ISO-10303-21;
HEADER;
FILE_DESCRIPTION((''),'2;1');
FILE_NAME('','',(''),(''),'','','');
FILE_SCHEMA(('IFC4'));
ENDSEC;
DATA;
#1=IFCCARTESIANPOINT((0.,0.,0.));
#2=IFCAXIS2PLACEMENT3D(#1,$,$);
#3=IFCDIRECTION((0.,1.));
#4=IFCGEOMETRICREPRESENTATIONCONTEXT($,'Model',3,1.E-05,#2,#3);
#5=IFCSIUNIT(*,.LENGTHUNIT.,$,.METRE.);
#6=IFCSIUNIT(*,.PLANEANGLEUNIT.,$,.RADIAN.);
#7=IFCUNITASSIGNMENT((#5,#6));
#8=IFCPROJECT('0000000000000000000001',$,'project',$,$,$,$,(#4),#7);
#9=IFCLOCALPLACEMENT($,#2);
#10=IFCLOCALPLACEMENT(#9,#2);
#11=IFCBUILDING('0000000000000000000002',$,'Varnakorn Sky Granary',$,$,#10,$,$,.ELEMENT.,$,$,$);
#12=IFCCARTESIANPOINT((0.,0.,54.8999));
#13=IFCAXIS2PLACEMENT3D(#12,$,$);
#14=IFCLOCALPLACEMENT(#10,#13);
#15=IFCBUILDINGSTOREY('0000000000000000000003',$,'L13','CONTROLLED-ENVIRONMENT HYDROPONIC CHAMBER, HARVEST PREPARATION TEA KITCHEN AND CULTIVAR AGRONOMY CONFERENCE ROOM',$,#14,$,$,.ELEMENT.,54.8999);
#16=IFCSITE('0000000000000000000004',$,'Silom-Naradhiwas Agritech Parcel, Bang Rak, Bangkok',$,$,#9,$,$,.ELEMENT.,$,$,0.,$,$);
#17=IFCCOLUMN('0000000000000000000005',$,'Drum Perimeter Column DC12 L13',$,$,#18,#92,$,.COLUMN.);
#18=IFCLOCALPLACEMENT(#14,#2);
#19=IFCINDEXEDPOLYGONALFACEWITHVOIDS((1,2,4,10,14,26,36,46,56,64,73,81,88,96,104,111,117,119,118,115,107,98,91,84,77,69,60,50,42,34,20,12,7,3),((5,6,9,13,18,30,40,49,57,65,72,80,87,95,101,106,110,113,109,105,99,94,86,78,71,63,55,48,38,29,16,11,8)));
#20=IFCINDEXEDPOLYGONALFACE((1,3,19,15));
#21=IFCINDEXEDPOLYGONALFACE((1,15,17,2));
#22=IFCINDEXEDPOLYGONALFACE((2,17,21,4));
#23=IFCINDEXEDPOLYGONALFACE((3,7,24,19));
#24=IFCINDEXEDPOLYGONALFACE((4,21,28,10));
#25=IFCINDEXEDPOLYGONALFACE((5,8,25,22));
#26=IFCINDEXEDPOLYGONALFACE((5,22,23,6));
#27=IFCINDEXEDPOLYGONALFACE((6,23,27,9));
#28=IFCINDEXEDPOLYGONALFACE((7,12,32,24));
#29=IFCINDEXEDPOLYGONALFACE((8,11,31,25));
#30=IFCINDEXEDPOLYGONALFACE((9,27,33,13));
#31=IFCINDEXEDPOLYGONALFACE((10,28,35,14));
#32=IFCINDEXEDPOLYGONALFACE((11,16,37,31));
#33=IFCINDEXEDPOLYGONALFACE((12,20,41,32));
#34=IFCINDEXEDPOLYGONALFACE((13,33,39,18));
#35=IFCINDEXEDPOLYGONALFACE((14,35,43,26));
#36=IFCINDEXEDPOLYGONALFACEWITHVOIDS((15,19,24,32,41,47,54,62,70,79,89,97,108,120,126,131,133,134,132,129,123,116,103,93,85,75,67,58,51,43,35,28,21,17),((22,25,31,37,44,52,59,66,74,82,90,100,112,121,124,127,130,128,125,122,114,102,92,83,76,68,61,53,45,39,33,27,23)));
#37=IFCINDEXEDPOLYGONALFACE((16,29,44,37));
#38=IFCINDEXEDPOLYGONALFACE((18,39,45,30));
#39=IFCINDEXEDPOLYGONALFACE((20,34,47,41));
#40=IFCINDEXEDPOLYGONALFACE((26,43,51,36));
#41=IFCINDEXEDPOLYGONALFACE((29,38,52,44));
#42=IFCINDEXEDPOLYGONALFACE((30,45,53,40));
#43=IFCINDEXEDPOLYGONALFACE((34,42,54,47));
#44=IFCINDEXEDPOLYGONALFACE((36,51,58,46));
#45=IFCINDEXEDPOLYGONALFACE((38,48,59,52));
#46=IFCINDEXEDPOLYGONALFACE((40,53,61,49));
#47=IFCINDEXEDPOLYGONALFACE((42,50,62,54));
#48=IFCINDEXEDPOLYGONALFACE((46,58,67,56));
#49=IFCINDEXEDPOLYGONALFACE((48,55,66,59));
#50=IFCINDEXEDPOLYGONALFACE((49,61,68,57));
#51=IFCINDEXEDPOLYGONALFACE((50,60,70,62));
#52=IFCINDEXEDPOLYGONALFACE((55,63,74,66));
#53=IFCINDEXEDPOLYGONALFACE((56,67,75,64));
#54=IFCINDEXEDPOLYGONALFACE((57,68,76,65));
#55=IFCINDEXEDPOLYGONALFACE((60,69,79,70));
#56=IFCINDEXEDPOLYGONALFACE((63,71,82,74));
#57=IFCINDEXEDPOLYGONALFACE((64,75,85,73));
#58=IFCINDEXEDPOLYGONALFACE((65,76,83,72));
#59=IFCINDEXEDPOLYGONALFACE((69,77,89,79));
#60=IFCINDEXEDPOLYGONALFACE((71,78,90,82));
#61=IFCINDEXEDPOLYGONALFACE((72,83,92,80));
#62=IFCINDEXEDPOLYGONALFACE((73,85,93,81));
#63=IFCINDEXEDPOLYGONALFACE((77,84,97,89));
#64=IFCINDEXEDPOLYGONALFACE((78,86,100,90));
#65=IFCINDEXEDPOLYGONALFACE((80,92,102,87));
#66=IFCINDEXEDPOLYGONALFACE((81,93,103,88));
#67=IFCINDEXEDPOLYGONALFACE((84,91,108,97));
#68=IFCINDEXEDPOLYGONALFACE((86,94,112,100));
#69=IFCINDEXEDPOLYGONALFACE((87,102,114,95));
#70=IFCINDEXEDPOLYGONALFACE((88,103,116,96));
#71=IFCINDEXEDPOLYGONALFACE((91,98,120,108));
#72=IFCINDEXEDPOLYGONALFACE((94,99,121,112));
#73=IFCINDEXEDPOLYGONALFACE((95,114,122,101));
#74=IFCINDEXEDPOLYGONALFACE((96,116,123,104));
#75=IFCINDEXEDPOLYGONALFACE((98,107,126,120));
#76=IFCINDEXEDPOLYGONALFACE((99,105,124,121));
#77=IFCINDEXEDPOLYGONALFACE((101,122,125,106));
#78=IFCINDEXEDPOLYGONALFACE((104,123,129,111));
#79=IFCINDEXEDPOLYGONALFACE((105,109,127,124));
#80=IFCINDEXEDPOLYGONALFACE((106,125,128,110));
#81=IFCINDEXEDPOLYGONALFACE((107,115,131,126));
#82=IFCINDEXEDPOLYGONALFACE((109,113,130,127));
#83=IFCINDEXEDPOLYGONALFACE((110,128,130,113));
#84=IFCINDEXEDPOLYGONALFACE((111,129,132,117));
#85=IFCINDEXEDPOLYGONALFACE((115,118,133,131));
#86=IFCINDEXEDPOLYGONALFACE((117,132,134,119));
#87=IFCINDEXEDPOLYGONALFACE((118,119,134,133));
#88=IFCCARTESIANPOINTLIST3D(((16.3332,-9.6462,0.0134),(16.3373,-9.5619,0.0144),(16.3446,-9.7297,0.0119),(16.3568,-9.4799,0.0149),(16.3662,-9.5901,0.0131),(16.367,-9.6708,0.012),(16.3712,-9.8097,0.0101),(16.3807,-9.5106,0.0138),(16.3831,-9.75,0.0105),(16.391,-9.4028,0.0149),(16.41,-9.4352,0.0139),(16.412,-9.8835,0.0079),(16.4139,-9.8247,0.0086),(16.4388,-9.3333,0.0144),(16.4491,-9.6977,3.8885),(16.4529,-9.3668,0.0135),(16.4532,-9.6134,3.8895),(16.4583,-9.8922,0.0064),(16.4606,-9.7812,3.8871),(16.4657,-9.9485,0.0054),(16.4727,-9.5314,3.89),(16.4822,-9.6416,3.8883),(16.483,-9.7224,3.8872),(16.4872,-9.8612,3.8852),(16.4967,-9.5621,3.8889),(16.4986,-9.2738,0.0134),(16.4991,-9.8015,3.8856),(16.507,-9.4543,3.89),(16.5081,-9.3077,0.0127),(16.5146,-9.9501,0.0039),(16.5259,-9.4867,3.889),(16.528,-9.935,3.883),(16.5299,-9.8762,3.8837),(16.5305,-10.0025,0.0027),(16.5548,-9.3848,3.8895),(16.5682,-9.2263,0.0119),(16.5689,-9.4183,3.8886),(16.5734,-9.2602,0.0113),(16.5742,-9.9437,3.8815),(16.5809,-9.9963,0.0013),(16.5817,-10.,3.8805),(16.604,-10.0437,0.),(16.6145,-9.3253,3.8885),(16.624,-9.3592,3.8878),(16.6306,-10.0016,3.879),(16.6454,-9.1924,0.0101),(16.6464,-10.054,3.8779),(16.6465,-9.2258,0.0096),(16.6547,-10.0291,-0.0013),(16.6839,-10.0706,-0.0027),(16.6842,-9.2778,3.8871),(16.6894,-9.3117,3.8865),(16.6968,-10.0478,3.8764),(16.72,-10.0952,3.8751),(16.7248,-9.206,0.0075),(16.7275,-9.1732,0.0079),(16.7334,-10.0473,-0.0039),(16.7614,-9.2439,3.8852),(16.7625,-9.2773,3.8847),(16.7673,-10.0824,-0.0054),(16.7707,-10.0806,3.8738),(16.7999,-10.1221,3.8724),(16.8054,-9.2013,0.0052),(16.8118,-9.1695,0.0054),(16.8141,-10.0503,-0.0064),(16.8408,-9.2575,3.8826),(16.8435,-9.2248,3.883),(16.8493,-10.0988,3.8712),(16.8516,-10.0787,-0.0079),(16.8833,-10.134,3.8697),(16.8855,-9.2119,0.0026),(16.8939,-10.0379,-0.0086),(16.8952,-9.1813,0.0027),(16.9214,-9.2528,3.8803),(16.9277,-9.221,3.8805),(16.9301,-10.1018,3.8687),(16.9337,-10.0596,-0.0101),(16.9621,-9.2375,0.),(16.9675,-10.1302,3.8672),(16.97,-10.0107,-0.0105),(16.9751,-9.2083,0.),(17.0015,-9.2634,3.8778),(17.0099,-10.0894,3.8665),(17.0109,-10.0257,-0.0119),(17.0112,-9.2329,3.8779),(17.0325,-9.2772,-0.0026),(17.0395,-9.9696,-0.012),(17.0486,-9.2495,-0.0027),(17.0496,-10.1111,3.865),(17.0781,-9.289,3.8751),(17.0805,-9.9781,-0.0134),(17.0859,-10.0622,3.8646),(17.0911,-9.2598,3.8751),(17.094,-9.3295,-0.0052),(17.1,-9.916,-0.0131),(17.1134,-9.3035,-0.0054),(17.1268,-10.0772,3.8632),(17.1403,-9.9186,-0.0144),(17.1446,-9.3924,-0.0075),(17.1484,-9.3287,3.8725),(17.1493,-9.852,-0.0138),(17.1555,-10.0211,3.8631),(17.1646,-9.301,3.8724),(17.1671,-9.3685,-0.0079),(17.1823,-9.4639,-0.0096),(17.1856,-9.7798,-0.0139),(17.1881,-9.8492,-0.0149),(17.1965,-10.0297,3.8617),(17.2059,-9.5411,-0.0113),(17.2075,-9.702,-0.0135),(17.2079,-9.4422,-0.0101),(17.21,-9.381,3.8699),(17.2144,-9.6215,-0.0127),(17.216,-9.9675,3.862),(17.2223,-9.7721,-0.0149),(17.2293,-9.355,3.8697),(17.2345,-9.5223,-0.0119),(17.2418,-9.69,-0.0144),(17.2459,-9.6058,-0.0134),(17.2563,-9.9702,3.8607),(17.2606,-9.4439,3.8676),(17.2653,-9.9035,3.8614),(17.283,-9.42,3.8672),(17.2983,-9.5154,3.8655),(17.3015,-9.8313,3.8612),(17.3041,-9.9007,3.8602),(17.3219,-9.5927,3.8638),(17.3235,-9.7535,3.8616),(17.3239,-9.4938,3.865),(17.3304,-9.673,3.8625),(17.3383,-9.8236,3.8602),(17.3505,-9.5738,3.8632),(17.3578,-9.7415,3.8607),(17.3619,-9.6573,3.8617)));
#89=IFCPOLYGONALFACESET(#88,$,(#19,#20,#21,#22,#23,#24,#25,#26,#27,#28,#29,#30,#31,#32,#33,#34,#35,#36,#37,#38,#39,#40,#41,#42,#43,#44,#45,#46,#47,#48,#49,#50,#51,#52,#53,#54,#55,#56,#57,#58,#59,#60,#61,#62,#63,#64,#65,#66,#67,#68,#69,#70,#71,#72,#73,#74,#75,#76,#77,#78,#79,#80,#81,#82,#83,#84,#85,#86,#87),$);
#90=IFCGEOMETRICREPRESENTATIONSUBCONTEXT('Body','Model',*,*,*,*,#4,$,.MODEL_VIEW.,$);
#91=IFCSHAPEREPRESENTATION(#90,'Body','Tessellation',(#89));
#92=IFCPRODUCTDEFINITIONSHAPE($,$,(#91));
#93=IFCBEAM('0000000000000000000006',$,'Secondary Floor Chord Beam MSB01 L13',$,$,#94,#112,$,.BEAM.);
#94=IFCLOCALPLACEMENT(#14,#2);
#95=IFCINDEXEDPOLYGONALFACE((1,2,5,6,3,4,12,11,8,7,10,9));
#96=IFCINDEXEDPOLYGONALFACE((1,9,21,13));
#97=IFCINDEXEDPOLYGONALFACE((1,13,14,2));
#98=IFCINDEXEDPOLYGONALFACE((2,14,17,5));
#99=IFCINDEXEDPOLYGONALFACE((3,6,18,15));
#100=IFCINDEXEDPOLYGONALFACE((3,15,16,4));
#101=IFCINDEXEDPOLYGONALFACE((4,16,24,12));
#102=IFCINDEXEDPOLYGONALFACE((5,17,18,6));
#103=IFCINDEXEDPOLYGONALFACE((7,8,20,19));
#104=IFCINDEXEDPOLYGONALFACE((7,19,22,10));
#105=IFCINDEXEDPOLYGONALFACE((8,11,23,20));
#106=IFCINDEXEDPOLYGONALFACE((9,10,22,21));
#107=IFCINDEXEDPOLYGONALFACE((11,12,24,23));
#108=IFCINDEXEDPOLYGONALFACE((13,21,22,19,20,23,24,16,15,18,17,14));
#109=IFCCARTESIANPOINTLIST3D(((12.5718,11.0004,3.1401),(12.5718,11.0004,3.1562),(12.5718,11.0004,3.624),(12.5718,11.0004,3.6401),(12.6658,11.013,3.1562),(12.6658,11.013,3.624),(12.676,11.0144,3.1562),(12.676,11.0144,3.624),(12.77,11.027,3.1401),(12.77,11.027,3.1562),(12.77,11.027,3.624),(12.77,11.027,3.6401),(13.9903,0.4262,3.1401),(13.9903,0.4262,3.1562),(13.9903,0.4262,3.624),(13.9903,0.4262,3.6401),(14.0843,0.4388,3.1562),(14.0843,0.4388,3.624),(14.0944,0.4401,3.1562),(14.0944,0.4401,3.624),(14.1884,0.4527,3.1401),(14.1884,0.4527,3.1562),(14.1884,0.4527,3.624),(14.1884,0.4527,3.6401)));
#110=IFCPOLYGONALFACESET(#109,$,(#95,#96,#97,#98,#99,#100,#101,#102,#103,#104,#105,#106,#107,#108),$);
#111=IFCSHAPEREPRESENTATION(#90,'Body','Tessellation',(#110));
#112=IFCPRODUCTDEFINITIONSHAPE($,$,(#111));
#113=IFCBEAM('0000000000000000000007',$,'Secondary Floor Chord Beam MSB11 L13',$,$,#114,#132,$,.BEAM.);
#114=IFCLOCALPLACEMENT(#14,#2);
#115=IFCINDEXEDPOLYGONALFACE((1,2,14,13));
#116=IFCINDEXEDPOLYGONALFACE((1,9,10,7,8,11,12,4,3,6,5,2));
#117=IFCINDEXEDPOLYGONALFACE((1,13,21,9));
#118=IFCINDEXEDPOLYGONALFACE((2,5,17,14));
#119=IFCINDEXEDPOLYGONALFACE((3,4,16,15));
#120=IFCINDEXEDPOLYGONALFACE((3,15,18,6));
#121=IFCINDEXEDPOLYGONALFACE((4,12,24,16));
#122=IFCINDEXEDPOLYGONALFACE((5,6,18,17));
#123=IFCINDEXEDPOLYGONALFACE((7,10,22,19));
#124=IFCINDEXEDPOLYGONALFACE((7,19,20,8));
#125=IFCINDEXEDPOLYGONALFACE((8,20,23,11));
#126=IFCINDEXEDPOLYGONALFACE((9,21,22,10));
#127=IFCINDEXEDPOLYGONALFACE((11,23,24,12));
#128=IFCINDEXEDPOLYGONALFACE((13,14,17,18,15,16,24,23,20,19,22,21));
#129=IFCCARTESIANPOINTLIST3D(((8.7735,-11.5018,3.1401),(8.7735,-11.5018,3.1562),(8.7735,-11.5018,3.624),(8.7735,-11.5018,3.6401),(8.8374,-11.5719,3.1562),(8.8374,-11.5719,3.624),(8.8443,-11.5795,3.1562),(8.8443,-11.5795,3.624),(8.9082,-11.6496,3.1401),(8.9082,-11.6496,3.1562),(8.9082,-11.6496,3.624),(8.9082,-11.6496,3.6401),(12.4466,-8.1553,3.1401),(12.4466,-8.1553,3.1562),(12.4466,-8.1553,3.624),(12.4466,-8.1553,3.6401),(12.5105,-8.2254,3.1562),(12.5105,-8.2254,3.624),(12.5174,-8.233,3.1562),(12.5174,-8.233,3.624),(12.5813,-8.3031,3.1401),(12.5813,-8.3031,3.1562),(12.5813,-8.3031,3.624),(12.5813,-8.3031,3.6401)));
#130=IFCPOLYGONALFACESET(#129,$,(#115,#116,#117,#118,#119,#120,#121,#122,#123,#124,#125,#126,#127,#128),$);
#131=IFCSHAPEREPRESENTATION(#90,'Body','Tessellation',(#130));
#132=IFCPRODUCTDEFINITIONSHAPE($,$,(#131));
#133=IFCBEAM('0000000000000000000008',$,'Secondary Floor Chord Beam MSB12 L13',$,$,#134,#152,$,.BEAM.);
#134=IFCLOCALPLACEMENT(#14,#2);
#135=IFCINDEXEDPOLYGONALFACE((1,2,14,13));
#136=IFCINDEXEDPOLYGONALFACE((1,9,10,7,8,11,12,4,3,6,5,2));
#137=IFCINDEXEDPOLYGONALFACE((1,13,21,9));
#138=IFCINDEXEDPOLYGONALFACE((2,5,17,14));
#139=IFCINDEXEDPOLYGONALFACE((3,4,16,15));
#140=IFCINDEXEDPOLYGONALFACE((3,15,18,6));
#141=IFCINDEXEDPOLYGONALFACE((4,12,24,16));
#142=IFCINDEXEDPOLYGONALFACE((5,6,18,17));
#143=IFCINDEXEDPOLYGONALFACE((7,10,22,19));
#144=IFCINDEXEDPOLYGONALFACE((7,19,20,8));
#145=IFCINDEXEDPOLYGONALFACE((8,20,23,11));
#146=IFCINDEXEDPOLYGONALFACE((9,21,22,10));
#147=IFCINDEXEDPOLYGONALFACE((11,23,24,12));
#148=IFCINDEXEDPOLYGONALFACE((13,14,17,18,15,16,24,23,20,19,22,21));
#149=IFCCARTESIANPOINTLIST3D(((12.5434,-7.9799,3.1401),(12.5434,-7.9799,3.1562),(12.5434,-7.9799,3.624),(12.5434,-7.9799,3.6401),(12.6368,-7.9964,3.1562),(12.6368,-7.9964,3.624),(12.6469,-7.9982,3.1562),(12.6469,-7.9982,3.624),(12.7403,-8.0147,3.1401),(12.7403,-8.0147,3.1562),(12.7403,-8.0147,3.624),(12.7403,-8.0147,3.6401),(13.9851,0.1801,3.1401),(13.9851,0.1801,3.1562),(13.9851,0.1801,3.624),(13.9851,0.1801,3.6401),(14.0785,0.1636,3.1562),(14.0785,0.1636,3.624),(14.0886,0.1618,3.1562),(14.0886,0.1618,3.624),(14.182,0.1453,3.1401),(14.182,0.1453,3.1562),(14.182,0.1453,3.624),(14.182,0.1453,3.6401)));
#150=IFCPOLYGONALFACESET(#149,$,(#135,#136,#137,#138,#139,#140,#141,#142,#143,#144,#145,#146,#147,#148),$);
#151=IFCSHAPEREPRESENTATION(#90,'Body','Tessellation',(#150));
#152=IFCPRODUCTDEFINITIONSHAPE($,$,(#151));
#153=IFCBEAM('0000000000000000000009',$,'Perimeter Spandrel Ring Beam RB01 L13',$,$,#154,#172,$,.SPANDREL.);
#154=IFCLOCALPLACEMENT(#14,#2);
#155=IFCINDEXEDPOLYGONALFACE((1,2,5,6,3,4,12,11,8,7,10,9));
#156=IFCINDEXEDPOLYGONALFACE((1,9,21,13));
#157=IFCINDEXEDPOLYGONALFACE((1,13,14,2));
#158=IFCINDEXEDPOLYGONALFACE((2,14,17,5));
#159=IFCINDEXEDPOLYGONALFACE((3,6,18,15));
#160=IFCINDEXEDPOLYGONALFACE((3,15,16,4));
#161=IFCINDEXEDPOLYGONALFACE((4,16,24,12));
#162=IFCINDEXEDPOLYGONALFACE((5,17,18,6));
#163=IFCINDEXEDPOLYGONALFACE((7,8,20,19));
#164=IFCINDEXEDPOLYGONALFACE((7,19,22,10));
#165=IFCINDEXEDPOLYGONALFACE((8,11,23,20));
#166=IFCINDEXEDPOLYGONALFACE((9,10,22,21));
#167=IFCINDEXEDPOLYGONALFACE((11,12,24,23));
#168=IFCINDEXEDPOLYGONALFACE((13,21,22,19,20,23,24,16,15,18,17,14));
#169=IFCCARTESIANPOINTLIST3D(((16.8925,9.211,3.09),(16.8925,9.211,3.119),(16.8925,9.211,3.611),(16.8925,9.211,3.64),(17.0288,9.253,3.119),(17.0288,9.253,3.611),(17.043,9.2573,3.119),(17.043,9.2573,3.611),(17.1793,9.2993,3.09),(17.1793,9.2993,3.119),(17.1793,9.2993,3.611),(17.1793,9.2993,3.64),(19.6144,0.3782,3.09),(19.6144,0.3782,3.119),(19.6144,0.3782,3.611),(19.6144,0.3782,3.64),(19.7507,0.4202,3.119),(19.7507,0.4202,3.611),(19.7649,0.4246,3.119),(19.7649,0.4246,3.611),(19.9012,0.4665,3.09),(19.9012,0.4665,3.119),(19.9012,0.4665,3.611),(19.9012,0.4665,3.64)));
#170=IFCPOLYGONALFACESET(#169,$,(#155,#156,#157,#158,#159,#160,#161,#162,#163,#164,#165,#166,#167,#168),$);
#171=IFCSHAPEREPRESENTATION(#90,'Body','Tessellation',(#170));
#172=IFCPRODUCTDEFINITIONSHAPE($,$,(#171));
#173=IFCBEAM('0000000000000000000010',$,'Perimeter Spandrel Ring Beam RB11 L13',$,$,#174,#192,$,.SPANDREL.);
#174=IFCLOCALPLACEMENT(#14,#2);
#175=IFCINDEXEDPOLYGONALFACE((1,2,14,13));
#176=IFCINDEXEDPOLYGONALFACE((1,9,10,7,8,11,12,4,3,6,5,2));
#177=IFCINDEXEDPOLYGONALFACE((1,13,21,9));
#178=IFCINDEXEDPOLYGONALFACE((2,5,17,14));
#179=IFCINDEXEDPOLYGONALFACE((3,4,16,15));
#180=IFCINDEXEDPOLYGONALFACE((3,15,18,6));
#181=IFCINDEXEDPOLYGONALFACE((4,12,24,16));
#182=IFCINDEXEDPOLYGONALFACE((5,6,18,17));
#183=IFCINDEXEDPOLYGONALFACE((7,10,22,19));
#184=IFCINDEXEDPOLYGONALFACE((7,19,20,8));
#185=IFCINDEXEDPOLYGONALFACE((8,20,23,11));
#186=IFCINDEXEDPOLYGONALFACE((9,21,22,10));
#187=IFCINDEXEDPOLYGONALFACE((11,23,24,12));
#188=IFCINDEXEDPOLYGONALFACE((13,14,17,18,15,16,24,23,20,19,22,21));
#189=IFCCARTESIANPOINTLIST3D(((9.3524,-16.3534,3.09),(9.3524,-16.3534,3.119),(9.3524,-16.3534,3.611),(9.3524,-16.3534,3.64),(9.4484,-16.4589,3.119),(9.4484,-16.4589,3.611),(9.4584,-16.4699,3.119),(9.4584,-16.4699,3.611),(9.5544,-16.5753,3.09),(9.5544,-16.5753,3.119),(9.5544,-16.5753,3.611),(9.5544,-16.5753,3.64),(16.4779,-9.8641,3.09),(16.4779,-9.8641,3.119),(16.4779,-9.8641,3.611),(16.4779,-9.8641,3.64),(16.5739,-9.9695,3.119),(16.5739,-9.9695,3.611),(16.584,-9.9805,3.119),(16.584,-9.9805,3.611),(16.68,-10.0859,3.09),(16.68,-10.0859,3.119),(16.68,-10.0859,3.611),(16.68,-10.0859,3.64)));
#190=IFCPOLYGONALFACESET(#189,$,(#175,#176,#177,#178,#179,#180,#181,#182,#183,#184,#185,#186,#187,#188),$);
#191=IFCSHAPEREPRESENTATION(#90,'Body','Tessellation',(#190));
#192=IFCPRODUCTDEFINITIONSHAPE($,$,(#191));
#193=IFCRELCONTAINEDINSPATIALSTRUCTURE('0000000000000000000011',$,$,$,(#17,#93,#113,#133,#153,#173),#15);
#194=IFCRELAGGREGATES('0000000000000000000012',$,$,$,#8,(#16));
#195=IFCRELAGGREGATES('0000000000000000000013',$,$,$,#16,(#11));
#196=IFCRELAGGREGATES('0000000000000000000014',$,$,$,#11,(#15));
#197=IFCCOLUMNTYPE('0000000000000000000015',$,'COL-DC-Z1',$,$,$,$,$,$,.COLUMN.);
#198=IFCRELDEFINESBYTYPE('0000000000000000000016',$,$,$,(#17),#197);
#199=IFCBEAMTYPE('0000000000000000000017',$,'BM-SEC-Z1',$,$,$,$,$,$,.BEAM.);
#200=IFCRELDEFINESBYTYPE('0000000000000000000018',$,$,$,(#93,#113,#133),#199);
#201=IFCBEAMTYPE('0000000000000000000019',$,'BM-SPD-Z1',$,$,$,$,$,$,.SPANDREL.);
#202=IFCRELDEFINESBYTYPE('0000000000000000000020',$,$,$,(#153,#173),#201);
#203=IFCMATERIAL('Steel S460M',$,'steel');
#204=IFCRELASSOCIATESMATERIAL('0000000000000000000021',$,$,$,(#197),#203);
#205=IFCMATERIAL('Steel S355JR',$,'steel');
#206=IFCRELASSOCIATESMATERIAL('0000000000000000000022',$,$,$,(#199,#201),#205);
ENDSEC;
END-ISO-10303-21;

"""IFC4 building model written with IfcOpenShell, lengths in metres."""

from ifc_helpers import new_model, si_unit, direction, frame, origin, origin_2d, place, context, subcontext, project, spatial, hollow_circle, i_section, extrude, material, material_profile, profile_set, type_object, element, save


model = new_model("IFC4")

# Units and contexts
model_context = context("Model", 3, precision=1e-05, world=origin(), true_north=direction((0.0, 1.0)))
body_context = subcontext(model_context, "Body", "Model", "MODEL_VIEW")
ifc_project = project(units=[si_unit("LENGTHUNIT", "METRE"), si_unit("PLANEANGLEUNIT", "RADIAN")], contexts=[model_context])

# Site, building, storey
site_placement = place(None, origin())
site = spatial("IfcSite", under=ifc_project, at=site_placement, Name="Silom-Naradhiwas Agritech Parcel, Bang Rak, Bangkok", CompositionType="ELEMENT", RefElevation=0.0)
building_placement = place(site_placement, origin())
building = spatial("IfcBuilding", under=site, at=building_placement, Name="Varnakorn Sky Granary", CompositionType="ELEMENT")
storey_placement = place(building_placement, frame((0.0, 0.0, 54.8999)))
storey = spatial("IfcBuildingStorey", under=building, at=storey_placement, Name="L13", Description="CONTROLLED-ENVIRONMENT HYDROPONIC CHAMBER, HARVEST PREPARATION TEA KITCHEN AND CULTIVAR AGRONOMY CONFERENCE ROOM", CompositionType="ELEMENT", Elevation=54.8999)

# Column
ifc_material_1 = material(Name="Steel S460M", Category="steel")
ifc_material_profile_1 = material_profile(ifc_material_1, hollow_circle(Radius=0.457, WallThickness=0.032, at=origin_2d()), Name="CHS 914x32")
ifc_profile_set_1 = profile_set([ifc_material_profile_1], Name="Steel S460M")
column_type = type_object("IfcColumnType", Name="COL-DC-Z1", PredefinedType="COLUMN", material=ifc_profile_set_1)
column_1_placement = place(storey_placement, frame((16.7896, -9.626, 0.0), z_axis=(0.029911, -0.013287, 0.999464), x_axis=(0.40596, 0.913891, 0.0)))
element("IfcColumn", 1, at=column_1_placement, inside=storey, type_object=column_type, Name="Drum Perimeter Column DC12 L13", PredefinedType="COLUMN", context=body_context, shape_type="SweptSolid", body=[
    extrude(hollow_circle(Radius=0.457, WallThickness=0.032, at=origin_2d()), origin(), (0.0, 0.0, 1.0), 3.8772),
])

# Beams
ifc_material_2 = material(Name="Steel S355JR", Category="steel")
ifc_material_profile_2 = material_profile(ifc_material_2, i_section(OverallWidth=0.2, OverallDepth=0.5, WebThickness=0.0103, FlangeThickness=0.0161, at=origin_2d()), Name="IPE 500")
ifc_profile_set_2 = profile_set([ifc_material_profile_2], Name="Steel S355JR")
beam_type_1 = type_object("IfcBeamType", Name="BM-SEC-Z1", PredefinedType="BEAM", material=ifc_profile_set_2)
beam_1_placement = place(storey_placement, frame((14.0894, 0.4395, 3.3901), z_axis=(-0.132952, 0.991122, 0.0), x_axis=(-0.991122, -0.132952, 0.0)))
element("IfcBeam", 2, at=beam_1_placement, inside=storey, type_object=beam_type_1, Name="Secondary Floor Chord Beam MSB01 L13", PredefinedType="BEAM", context=body_context, shape_type="SweptSolid", body=[
    extrude(i_section(OverallWidth=0.2, OverallDepth=0.5, WebThickness=0.0103, FlangeThickness=0.0161, at=origin_2d()), origin(), (0.0, 0.0, 1.0), 10.6689),
])
beam_2_placement = place(storey_placement, frame((8.8408, -11.5757, 3.3901), z_axis=(0.739213, 0.673472, 0.0), x_axis=(-0.673472, 0.739213, 0.0)))
element("IfcBeam", 3, at=beam_2_placement, inside=storey, type_object=beam_type_1, Name="Secondary Floor Chord Beam MSB11 L13", PredefinedType="BEAM", context=body_context, shape_type="SweptSolid", body=[
    extrude(i_section(OverallWidth=0.2, OverallDepth=0.5, WebThickness=0.0103, FlangeThickness=0.0161, at=origin_2d()), origin(), (0.0, 0.0, 1.0), 4.969),
])
beam_3_placement = place(storey_placement, frame((12.6418, -7.9973, 3.3901), z_axis=(0.17398, 0.984749, 0.0), x_axis=(-0.984749, 0.17398, 0.0)))
element("IfcBeam", 4, at=beam_3_placement, inside=storey, type_object=beam_type_1, Name="Secondary Floor Chord Beam MSB12 L13", PredefinedType="BEAM", context=body_context, shape_type="SweptSolid", body=[
    extrude(i_section(OverallWidth=0.2, OverallDepth=0.5, WebThickness=0.0103, FlangeThickness=0.0161, at=origin_2d()), origin(), (0.0, 0.0, 1.0), 8.2864),
])
ifc_material_profile_3 = material_profile(ifc_material_2, i_section(OverallWidth=0.3, OverallDepth=0.55, WebThickness=0.0149, FlangeThickness=0.0291, at=origin_2d()), Name="HE 550 B")
ifc_profile_set_3 = profile_set([ifc_material_profile_3], Name="Steel S355JR")
beam_type_2 = type_object("IfcBeamType", Name="BM-SPD-Z1", PredefinedType="SPANDREL", material=ifc_profile_set_3)
beam_4_placement = place(storey_placement, frame((19.7578, 0.4224, 3.365), z_axis=(-0.294496, 0.955653, 0.0), x_axis=(-0.955653, -0.294496, 0.0)))
element("IfcBeam", 5, at=beam_4_placement, inside=storey, type_object=beam_type_2, Name="Perimeter Spandrel Ring Beam RB01 L13", PredefinedType="SPANDREL", context=body_context, shape_type="SweptSolid", body=[
    extrude(i_section(OverallWidth=0.3, OverallDepth=0.55, WebThickness=0.0149, FlangeThickness=0.0291, at=origin_2d()), origin(), (0.0, 0.0, 1.0), 9.2427),
])
beam_5_placement = place(storey_placement, frame((9.4534, -16.4644, 3.365), z_axis=(0.739344, 0.673328, 0.0), x_axis=(-0.673328, 0.739344, 0.0)))
element("IfcBeam", 6, at=beam_5_placement, inside=storey, type_object=beam_type_2, Name="Perimeter Spandrel Ring Beam RB11 L13", PredefinedType="SPANDREL", context=body_context, shape_type="SweptSolid", body=[
    extrude(i_section(OverallWidth=0.3, OverallDepth=0.55, WebThickness=0.0149, FlangeThickness=0.0291, at=origin_2d()), origin(), (0.0, 0.0, 1.0), 9.6377),
])

save(model, "model.ifc")
